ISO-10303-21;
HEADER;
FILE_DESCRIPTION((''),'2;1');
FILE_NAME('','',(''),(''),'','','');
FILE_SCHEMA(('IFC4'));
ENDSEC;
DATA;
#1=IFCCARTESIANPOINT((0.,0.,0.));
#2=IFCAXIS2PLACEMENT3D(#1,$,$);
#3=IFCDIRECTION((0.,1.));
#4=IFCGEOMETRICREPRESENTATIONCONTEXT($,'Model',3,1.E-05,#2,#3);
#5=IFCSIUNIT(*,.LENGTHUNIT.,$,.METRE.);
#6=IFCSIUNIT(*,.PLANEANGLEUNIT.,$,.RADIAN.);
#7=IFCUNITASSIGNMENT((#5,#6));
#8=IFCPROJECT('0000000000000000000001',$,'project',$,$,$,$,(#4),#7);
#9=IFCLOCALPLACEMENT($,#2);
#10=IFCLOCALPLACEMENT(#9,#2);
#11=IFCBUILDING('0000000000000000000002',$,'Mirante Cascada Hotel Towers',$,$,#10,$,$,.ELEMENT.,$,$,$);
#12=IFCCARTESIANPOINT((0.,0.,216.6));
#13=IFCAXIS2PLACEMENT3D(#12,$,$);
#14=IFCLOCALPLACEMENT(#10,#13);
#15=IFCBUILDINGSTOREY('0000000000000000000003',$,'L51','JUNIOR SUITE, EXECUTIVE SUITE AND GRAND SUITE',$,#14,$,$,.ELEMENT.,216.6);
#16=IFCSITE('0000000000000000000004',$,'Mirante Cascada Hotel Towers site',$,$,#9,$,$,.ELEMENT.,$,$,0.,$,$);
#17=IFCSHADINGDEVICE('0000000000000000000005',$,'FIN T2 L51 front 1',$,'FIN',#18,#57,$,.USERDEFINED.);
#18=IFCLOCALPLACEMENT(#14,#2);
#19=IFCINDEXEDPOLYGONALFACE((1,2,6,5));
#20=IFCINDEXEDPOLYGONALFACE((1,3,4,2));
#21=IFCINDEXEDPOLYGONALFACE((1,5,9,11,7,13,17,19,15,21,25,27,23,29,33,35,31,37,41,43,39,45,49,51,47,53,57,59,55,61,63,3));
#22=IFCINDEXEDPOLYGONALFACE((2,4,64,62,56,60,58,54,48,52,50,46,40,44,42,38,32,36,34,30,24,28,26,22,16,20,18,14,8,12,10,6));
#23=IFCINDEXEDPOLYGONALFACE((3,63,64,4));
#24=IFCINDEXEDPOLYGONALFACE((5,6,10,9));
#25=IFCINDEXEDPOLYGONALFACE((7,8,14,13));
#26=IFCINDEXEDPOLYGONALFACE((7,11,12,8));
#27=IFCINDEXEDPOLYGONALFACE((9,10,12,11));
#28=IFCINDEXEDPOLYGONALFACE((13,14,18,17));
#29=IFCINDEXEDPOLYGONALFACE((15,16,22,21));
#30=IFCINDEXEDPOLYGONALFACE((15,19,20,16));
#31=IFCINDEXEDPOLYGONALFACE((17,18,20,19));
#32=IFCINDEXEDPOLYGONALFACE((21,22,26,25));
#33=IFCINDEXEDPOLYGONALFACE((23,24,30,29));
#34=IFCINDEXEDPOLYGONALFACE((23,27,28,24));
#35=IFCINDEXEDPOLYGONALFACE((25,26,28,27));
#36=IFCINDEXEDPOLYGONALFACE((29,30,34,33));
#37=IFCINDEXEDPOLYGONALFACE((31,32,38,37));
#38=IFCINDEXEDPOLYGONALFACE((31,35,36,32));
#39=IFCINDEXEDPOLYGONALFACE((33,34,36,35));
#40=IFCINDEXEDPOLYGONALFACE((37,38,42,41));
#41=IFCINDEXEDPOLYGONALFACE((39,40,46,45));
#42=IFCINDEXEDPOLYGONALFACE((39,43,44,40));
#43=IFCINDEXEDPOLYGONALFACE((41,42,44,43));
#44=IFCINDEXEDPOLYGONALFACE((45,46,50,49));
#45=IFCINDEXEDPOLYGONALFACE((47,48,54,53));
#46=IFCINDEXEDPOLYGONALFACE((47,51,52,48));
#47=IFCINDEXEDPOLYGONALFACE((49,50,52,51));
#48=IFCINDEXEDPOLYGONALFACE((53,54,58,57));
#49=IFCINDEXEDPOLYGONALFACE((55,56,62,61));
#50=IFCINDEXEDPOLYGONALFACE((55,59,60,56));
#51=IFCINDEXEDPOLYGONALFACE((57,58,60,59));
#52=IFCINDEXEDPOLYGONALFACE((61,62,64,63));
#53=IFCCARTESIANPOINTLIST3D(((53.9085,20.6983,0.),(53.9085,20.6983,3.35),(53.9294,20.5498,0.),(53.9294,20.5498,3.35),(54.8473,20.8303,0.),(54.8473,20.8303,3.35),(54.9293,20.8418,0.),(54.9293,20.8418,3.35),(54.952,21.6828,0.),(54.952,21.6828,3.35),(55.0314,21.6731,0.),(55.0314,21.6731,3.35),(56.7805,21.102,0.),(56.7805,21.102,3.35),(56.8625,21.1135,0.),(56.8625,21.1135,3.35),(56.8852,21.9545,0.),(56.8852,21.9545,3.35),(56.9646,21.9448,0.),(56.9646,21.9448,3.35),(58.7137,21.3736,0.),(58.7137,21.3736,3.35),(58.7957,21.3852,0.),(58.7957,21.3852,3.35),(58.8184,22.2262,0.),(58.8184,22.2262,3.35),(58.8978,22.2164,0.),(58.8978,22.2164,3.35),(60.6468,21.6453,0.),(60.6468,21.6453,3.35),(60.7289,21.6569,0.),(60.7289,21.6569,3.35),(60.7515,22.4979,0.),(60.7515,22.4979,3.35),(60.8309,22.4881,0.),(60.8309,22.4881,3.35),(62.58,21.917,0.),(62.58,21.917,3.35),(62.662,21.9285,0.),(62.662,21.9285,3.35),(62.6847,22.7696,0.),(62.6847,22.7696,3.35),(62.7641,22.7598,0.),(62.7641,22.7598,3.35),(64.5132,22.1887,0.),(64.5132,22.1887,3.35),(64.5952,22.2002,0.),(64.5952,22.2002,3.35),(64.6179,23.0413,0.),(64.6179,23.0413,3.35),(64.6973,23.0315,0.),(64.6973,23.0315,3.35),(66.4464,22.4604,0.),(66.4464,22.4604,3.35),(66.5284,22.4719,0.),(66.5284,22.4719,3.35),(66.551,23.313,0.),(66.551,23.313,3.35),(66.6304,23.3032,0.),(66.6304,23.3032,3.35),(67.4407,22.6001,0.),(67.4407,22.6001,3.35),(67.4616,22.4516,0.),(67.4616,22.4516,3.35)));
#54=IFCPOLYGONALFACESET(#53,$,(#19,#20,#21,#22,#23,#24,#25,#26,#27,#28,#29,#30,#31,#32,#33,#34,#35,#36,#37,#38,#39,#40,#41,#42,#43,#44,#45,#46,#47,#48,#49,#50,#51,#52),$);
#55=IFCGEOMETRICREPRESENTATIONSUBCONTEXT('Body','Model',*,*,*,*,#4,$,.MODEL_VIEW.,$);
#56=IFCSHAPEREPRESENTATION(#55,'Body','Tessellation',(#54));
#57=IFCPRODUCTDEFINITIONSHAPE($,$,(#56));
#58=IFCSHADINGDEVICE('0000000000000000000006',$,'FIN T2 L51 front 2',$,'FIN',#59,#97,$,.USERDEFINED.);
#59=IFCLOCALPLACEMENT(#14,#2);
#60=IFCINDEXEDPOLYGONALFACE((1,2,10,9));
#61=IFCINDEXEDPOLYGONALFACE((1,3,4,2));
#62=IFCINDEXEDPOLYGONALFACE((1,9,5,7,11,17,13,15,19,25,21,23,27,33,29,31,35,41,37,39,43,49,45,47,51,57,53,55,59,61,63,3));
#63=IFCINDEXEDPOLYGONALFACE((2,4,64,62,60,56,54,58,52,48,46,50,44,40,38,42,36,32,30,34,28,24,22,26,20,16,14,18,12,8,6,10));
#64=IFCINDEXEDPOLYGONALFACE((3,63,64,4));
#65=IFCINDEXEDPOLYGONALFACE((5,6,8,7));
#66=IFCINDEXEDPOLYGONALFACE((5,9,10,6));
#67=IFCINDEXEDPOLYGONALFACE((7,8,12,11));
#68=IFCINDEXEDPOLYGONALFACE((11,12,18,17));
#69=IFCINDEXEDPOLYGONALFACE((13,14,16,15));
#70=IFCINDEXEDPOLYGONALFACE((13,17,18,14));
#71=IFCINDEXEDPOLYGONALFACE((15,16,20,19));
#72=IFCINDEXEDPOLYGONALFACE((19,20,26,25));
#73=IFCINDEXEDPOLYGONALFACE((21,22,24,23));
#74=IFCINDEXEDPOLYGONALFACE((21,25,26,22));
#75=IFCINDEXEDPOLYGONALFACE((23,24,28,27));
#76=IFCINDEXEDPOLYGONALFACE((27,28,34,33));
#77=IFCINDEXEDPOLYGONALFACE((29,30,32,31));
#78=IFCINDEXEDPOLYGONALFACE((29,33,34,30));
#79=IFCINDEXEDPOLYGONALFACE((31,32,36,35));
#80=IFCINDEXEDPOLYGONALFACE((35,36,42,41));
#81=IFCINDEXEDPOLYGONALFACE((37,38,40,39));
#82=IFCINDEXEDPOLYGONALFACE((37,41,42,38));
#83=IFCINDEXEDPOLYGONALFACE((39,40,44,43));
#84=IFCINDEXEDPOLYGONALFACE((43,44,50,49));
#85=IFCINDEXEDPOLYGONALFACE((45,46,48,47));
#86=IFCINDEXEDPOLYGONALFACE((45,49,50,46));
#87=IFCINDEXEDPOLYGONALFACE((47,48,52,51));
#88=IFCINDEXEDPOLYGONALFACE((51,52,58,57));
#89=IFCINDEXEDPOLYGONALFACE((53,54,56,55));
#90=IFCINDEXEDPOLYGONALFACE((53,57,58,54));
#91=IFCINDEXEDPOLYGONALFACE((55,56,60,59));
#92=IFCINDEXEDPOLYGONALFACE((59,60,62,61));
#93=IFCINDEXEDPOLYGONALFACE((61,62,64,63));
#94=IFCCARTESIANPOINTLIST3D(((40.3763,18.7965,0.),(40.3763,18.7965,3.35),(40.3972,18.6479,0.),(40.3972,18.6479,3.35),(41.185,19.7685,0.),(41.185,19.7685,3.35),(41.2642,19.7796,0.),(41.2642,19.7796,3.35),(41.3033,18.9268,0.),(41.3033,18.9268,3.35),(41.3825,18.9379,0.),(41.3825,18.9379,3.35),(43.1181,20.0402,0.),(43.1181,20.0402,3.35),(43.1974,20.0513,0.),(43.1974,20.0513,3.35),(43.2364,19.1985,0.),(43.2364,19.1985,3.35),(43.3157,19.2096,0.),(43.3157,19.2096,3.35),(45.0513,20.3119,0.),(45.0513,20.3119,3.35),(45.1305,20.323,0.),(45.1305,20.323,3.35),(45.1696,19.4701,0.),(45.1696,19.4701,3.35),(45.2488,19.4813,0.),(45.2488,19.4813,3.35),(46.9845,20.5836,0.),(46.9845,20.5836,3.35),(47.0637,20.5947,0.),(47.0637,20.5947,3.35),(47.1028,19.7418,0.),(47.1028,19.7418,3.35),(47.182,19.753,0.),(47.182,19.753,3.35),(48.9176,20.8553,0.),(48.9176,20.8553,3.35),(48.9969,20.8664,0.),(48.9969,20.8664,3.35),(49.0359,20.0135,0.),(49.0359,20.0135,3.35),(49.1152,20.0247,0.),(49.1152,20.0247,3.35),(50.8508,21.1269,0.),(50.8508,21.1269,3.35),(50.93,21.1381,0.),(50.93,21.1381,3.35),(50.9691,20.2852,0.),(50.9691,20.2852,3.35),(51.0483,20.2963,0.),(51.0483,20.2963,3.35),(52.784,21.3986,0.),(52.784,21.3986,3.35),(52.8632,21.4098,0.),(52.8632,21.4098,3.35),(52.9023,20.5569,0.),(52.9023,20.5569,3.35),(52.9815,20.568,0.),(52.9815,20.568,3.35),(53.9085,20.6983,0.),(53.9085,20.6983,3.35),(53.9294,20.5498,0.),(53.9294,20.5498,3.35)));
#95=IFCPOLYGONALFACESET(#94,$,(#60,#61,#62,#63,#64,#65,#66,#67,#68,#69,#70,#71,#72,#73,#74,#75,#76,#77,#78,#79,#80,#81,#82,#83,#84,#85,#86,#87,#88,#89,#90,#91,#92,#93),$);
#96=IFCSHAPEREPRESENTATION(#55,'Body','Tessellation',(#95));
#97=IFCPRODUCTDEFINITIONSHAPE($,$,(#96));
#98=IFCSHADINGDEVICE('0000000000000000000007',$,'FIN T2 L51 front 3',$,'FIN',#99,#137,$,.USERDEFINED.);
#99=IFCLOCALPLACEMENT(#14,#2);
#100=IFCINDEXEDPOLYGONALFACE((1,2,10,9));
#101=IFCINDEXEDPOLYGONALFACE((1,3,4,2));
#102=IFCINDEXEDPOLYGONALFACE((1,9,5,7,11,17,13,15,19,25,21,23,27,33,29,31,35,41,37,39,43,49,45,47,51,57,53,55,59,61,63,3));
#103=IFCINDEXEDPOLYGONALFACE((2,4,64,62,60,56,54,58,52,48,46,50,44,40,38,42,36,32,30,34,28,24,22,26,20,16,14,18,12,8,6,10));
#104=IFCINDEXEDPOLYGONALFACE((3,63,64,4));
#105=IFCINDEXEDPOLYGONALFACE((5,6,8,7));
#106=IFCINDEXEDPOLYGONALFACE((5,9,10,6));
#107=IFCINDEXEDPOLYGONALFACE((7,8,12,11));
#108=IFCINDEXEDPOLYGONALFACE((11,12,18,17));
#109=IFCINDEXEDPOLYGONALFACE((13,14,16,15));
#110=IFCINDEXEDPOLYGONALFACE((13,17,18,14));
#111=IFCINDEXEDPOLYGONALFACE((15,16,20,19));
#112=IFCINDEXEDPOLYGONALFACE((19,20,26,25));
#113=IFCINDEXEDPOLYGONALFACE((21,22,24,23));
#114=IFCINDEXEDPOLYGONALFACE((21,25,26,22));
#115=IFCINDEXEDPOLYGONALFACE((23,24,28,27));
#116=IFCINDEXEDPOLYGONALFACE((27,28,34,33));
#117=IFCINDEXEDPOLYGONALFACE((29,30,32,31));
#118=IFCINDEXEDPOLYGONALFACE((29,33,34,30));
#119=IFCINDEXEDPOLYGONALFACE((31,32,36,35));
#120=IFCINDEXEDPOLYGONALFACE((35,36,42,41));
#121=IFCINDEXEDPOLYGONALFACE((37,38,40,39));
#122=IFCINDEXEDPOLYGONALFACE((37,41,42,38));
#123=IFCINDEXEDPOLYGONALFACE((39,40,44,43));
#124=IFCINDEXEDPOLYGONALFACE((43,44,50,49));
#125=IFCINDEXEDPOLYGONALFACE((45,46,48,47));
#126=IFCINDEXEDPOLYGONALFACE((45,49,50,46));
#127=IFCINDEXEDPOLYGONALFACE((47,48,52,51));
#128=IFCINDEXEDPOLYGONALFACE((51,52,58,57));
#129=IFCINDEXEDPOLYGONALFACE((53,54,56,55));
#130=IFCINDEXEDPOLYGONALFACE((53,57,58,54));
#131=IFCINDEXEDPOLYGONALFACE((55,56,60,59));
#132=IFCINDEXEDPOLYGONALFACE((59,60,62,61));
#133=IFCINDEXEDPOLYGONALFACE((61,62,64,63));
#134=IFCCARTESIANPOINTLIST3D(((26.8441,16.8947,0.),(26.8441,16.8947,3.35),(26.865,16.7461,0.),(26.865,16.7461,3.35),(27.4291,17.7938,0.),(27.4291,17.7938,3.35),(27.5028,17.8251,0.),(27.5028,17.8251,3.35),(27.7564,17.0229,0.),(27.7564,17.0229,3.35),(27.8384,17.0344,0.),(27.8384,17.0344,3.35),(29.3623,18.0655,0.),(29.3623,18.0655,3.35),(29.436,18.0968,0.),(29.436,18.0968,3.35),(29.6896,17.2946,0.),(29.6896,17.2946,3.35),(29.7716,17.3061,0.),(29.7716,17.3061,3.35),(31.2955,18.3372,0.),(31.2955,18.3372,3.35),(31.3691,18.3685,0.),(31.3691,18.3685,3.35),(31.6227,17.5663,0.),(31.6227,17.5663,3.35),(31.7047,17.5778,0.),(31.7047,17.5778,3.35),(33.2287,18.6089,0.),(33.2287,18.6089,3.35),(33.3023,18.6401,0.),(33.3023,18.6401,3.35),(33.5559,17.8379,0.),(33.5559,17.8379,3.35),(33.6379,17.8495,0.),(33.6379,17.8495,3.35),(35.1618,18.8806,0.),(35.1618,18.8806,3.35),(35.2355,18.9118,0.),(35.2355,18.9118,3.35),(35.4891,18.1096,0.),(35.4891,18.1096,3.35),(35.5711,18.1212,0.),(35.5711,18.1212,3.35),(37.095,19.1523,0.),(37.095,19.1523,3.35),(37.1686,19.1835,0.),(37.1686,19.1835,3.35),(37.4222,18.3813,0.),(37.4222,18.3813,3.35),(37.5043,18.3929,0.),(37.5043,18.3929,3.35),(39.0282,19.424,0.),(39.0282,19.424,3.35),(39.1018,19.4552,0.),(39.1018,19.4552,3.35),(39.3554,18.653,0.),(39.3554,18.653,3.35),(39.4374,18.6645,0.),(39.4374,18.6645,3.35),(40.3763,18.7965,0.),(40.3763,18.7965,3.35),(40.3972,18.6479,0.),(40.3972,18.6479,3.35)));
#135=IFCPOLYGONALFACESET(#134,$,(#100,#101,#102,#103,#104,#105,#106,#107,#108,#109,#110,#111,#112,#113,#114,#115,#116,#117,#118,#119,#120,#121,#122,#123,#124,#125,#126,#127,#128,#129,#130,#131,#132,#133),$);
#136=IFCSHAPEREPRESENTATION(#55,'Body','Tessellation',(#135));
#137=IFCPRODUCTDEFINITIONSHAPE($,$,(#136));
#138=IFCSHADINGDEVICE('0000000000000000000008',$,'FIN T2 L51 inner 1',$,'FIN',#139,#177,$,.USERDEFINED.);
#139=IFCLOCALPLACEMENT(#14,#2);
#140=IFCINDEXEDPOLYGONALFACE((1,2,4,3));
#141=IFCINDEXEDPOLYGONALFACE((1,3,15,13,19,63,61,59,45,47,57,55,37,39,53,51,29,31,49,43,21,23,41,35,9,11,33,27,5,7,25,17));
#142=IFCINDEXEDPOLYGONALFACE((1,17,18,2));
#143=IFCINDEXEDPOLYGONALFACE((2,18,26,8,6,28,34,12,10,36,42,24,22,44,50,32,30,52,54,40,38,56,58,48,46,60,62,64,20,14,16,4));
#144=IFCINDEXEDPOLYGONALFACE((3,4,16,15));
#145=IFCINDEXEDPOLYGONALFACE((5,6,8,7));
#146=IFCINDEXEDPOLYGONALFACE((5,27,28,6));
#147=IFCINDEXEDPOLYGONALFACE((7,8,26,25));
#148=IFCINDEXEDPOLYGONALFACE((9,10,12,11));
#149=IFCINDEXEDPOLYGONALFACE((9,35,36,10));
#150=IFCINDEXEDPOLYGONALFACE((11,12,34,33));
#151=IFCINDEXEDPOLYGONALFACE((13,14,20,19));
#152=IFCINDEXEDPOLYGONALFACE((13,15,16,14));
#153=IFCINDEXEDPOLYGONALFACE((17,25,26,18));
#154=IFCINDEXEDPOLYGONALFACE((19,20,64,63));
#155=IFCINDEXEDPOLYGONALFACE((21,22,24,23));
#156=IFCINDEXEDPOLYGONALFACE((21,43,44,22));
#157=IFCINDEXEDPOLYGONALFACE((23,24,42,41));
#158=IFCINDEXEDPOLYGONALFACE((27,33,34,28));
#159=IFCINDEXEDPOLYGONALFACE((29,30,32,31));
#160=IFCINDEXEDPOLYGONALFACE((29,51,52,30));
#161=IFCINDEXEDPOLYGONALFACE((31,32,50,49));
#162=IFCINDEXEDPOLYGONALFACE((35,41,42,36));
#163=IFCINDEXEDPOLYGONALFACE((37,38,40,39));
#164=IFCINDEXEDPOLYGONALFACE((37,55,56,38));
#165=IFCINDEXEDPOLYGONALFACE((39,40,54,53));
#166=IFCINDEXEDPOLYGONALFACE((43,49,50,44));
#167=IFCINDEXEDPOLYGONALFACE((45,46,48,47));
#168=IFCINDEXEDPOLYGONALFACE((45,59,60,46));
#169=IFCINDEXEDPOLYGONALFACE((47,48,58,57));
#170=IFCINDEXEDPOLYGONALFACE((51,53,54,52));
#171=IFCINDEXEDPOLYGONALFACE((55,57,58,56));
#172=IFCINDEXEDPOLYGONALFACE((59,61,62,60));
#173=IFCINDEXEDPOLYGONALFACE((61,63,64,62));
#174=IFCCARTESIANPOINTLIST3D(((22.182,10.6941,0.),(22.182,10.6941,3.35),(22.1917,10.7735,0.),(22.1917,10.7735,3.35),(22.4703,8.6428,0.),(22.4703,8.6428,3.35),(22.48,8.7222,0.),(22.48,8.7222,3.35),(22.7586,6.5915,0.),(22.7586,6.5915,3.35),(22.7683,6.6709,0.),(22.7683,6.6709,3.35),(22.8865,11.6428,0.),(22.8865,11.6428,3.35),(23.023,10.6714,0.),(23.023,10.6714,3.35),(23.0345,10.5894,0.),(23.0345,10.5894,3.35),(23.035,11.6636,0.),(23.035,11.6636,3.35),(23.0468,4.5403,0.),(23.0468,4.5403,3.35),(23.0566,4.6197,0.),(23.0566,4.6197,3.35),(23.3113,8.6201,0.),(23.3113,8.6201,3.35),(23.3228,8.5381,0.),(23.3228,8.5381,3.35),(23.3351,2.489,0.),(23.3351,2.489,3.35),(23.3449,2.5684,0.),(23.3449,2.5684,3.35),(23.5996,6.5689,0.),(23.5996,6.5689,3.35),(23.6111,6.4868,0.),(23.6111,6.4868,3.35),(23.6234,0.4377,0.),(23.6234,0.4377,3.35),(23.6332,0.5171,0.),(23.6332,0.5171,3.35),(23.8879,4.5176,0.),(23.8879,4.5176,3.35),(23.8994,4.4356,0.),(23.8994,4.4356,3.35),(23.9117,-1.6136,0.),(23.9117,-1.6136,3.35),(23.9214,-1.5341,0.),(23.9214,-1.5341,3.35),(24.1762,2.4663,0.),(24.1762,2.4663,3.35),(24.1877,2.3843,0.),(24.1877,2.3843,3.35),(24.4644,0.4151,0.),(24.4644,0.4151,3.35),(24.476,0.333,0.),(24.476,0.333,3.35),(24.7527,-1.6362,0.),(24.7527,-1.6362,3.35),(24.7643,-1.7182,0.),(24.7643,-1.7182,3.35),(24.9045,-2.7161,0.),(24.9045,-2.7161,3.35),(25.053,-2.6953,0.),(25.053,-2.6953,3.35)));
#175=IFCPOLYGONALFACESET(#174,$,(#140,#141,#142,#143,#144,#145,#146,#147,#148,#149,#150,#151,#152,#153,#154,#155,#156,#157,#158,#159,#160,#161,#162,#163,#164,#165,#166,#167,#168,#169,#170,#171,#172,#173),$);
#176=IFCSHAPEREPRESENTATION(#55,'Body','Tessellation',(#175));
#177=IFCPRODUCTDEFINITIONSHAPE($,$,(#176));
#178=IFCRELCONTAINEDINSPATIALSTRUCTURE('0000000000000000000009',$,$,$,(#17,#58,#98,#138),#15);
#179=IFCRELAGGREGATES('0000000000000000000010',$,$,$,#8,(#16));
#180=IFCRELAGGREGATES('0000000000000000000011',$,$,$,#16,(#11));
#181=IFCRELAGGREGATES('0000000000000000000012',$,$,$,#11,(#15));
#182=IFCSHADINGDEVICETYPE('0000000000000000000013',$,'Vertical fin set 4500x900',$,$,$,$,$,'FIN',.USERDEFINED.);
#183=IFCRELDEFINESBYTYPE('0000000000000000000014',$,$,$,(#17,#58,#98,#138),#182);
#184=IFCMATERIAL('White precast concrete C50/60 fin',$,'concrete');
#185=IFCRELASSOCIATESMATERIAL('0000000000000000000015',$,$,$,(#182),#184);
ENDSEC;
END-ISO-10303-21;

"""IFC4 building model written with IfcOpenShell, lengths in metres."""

from ifc_helpers import new_model, si_unit, direction, frame, origin, place, context, subcontext, project, spatial, polyline, outline, extrude, material, type_object, element, save


model = new_model("IFC4")

# Units and contexts
model_context = context("Model", 3, precision=1e-05, world=origin(), true_north=direction((0.0, 1.0)))
body_context = subcontext(model_context, "Body", "Model", "MODEL_VIEW")
ifc_project = project(units=[si_unit("LENGTHUNIT", "METRE"), si_unit("PLANEANGLEUNIT", "RADIAN")], contexts=[model_context])

# Site, building, storey
site_placement = place(None, origin())
site = spatial("IfcSite", under=ifc_project, at=site_placement, Name="Mirante Cascada Hotel Towers site", CompositionType="ELEMENT", RefElevation=0.0)
building_placement = place(site_placement, origin())
building = spatial("IfcBuilding", under=site, at=building_placement, Name="Mirante Cascada Hotel Towers", CompositionType="ELEMENT")
storey_placement = place(building_placement, frame((0.0, 0.0, 216.6)))
storey = spatial("IfcBuildingStorey", under=building, at=storey_placement, Name="L51", Description="JUNIOR SUITE, EXECUTIVE SUITE AND GRAND SUITE", CompositionType="ELEMENT", Elevation=216.6)

# Shading devices
ifc_material_1 = material(Name="White precast concrete C50/60 fin", Category="concrete")
shading_device_type = type_object("IfcShadingDeviceType", Name="Vertical fin set 4500x900", ElementType="FIN", PredefinedType="USERDEFINED", material=ifc_material_1)
shading_device_1_placement = place(storey_placement, origin())
element("IfcShadingDevice", 1, at=shading_device_1_placement, inside=storey, type_object=shading_device_type, Name="FIN T2 L51 front 1", ObjectType="FIN", PredefinedType="USERDEFINED", context=body_context, shape_type="SweptSolid", body=[
    extrude(outline(polyline([(55.0314, 21.6731), (54.9293, 20.8418), (56.7805, 21.102), (56.8852, 21.9545), (56.9646, 21.9448), (56.8625, 21.1135), (58.7137, 21.3736), (58.8184, 22.2262), (58.8978, 22.2164), (58.7957, 21.3852), (60.6468, 21.6453), (60.7515, 22.4979), (60.8309, 22.4881), (60.7289, 21.6569), (62.58, 21.917), (62.6847, 22.7696), (62.7641, 22.7598), (62.662, 21.9285), (64.5132, 22.1887), (64.6179, 23.0413), (64.6973, 23.0315), (64.5952, 22.2002), (66.4464, 22.4604), (66.551, 23.313), (66.6304, 23.3032), (66.5284, 22.4719), (67.4407, 22.6001), (67.4616, 22.4516), (53.9294, 20.5498), (53.9085, 20.6983), (54.8473, 20.8303), (54.952, 21.6828), (55.0314, 21.6731)])), origin(), (0.0, 0.0, 1.0), 3.35),
])
shading_device_2_placement = place(storey_placement, origin())
element("IfcShadingDevice", 2, at=shading_device_2_placement, inside=storey, type_object=shading_device_type, Name="FIN T2 L51 front 2", ObjectType="FIN", PredefinedType="USERDEFINED", context=body_context, shape_type="SweptSolid", body=[
    extrude(outline(polyline([(41.2642, 19.7796), (41.3825, 18.9379), (43.2364, 19.1985), (43.1181, 20.0402), (43.1974, 20.0513), (43.3157, 19.2096), (45.1696, 19.4701), (45.0513, 20.3119), (45.1305, 20.323), (45.2488, 19.4813), (47.1028, 19.7418), (46.9845, 20.5836), (47.0637, 20.5947), (47.182, 19.753), (49.0359, 20.0135), (48.9176, 20.8553), (48.9969, 20.8664), (49.1152, 20.0247), (50.9691, 20.2852), (50.8508, 21.1269), (50.93, 21.1381), (51.0483, 20.2963), (52.9023, 20.5569), (52.784, 21.3986), (52.8632, 21.4098), (52.9815, 20.568), (53.9085, 20.6983), (53.9294, 20.5498), (40.3972, 18.6479), (40.3763, 18.7965), (41.3033, 18.9268), (41.185, 19.7685), (41.2642, 19.7796)])), origin(), (0.0, 0.0, 1.0), 3.35),
])
shading_device_3_placement = place(storey_placement, origin())
element("IfcShadingDevice", 3, at=shading_device_3_placement, inside=storey, type_object=shading_device_type, Name="FIN T2 L51 front 3", ObjectType="FIN", PredefinedType="USERDEFINED", context=body_context, shape_type="SweptSolid", body=[
    extrude(outline(polyline([(27.5028, 17.8251), (27.8384, 17.0344), (29.6896, 17.2946), (29.3623, 18.0655), (29.436, 18.0968), (29.7716, 17.3061), (31.6227, 17.5663), (31.2955, 18.3372), (31.3691, 18.3685), (31.7047, 17.5778), (33.5559, 17.8379), (33.2287, 18.6089), (33.3023, 18.6401), (33.6379, 17.8495), (35.4891, 18.1096), (35.1618, 18.8806), (35.2355, 18.9118), (35.5711, 18.1212), (37.4222, 18.3813), (37.095, 19.1523), (37.1686, 19.1835), (37.5043, 18.3929), (39.3554, 18.653), (39.0282, 19.424), (39.1018, 19.4552), (39.4374, 18.6645), (40.3763, 18.7965), (40.3972, 18.6479), (26.865, 16.7461), (26.8441, 16.8947), (27.7564, 17.0229), (27.4291, 17.7938), (27.5028, 17.8251)])), origin(), (0.0, 0.0, 1.0), 3.35),
])
shading_device_4_placement = place(storey_placement, origin())
element("IfcShadingDevice", 4, at=shading_device_4_placement, inside=storey, type_object=shading_device_type, Name="FIN T2 L51 inner 1", ObjectType="FIN", PredefinedType="USERDEFINED", context=body_context, shape_type="SweptSolid", body=[
    extrude(outline(polyline([(23.9214, -1.5341), (24.7527, -1.6362), (24.476, 0.333), (23.6234, 0.4377), (23.6332, 0.5171), (24.4644, 0.4151), (24.1877, 2.3843), (23.3351, 2.489), (23.3449, 2.5684), (24.1762, 2.4663), (23.8994, 4.4356), (23.0468, 4.5403), (23.0566, 4.6197), (23.8879, 4.5176), (23.6111, 6.4868), (22.7586, 6.5915), (22.7683, 6.6709), (23.5996, 6.5689), (23.3228, 8.5381), (22.4703, 8.6428), (22.48, 8.7222), (23.3113, 8.6201), (23.0345, 10.5894), (22.182, 10.6941), (22.1917, 10.7735), (23.023, 10.6714), (22.8865, 11.6428), (23.035, 11.6636), (25.053, -2.6953), (24.9045, -2.7161), (24.7643, -1.7182), (23.9117, -1.6136), (23.9214, -1.5341)])), origin(), (0.0, 0.0, 1.0), 3.35),
])

save(model, "model.ifc")
